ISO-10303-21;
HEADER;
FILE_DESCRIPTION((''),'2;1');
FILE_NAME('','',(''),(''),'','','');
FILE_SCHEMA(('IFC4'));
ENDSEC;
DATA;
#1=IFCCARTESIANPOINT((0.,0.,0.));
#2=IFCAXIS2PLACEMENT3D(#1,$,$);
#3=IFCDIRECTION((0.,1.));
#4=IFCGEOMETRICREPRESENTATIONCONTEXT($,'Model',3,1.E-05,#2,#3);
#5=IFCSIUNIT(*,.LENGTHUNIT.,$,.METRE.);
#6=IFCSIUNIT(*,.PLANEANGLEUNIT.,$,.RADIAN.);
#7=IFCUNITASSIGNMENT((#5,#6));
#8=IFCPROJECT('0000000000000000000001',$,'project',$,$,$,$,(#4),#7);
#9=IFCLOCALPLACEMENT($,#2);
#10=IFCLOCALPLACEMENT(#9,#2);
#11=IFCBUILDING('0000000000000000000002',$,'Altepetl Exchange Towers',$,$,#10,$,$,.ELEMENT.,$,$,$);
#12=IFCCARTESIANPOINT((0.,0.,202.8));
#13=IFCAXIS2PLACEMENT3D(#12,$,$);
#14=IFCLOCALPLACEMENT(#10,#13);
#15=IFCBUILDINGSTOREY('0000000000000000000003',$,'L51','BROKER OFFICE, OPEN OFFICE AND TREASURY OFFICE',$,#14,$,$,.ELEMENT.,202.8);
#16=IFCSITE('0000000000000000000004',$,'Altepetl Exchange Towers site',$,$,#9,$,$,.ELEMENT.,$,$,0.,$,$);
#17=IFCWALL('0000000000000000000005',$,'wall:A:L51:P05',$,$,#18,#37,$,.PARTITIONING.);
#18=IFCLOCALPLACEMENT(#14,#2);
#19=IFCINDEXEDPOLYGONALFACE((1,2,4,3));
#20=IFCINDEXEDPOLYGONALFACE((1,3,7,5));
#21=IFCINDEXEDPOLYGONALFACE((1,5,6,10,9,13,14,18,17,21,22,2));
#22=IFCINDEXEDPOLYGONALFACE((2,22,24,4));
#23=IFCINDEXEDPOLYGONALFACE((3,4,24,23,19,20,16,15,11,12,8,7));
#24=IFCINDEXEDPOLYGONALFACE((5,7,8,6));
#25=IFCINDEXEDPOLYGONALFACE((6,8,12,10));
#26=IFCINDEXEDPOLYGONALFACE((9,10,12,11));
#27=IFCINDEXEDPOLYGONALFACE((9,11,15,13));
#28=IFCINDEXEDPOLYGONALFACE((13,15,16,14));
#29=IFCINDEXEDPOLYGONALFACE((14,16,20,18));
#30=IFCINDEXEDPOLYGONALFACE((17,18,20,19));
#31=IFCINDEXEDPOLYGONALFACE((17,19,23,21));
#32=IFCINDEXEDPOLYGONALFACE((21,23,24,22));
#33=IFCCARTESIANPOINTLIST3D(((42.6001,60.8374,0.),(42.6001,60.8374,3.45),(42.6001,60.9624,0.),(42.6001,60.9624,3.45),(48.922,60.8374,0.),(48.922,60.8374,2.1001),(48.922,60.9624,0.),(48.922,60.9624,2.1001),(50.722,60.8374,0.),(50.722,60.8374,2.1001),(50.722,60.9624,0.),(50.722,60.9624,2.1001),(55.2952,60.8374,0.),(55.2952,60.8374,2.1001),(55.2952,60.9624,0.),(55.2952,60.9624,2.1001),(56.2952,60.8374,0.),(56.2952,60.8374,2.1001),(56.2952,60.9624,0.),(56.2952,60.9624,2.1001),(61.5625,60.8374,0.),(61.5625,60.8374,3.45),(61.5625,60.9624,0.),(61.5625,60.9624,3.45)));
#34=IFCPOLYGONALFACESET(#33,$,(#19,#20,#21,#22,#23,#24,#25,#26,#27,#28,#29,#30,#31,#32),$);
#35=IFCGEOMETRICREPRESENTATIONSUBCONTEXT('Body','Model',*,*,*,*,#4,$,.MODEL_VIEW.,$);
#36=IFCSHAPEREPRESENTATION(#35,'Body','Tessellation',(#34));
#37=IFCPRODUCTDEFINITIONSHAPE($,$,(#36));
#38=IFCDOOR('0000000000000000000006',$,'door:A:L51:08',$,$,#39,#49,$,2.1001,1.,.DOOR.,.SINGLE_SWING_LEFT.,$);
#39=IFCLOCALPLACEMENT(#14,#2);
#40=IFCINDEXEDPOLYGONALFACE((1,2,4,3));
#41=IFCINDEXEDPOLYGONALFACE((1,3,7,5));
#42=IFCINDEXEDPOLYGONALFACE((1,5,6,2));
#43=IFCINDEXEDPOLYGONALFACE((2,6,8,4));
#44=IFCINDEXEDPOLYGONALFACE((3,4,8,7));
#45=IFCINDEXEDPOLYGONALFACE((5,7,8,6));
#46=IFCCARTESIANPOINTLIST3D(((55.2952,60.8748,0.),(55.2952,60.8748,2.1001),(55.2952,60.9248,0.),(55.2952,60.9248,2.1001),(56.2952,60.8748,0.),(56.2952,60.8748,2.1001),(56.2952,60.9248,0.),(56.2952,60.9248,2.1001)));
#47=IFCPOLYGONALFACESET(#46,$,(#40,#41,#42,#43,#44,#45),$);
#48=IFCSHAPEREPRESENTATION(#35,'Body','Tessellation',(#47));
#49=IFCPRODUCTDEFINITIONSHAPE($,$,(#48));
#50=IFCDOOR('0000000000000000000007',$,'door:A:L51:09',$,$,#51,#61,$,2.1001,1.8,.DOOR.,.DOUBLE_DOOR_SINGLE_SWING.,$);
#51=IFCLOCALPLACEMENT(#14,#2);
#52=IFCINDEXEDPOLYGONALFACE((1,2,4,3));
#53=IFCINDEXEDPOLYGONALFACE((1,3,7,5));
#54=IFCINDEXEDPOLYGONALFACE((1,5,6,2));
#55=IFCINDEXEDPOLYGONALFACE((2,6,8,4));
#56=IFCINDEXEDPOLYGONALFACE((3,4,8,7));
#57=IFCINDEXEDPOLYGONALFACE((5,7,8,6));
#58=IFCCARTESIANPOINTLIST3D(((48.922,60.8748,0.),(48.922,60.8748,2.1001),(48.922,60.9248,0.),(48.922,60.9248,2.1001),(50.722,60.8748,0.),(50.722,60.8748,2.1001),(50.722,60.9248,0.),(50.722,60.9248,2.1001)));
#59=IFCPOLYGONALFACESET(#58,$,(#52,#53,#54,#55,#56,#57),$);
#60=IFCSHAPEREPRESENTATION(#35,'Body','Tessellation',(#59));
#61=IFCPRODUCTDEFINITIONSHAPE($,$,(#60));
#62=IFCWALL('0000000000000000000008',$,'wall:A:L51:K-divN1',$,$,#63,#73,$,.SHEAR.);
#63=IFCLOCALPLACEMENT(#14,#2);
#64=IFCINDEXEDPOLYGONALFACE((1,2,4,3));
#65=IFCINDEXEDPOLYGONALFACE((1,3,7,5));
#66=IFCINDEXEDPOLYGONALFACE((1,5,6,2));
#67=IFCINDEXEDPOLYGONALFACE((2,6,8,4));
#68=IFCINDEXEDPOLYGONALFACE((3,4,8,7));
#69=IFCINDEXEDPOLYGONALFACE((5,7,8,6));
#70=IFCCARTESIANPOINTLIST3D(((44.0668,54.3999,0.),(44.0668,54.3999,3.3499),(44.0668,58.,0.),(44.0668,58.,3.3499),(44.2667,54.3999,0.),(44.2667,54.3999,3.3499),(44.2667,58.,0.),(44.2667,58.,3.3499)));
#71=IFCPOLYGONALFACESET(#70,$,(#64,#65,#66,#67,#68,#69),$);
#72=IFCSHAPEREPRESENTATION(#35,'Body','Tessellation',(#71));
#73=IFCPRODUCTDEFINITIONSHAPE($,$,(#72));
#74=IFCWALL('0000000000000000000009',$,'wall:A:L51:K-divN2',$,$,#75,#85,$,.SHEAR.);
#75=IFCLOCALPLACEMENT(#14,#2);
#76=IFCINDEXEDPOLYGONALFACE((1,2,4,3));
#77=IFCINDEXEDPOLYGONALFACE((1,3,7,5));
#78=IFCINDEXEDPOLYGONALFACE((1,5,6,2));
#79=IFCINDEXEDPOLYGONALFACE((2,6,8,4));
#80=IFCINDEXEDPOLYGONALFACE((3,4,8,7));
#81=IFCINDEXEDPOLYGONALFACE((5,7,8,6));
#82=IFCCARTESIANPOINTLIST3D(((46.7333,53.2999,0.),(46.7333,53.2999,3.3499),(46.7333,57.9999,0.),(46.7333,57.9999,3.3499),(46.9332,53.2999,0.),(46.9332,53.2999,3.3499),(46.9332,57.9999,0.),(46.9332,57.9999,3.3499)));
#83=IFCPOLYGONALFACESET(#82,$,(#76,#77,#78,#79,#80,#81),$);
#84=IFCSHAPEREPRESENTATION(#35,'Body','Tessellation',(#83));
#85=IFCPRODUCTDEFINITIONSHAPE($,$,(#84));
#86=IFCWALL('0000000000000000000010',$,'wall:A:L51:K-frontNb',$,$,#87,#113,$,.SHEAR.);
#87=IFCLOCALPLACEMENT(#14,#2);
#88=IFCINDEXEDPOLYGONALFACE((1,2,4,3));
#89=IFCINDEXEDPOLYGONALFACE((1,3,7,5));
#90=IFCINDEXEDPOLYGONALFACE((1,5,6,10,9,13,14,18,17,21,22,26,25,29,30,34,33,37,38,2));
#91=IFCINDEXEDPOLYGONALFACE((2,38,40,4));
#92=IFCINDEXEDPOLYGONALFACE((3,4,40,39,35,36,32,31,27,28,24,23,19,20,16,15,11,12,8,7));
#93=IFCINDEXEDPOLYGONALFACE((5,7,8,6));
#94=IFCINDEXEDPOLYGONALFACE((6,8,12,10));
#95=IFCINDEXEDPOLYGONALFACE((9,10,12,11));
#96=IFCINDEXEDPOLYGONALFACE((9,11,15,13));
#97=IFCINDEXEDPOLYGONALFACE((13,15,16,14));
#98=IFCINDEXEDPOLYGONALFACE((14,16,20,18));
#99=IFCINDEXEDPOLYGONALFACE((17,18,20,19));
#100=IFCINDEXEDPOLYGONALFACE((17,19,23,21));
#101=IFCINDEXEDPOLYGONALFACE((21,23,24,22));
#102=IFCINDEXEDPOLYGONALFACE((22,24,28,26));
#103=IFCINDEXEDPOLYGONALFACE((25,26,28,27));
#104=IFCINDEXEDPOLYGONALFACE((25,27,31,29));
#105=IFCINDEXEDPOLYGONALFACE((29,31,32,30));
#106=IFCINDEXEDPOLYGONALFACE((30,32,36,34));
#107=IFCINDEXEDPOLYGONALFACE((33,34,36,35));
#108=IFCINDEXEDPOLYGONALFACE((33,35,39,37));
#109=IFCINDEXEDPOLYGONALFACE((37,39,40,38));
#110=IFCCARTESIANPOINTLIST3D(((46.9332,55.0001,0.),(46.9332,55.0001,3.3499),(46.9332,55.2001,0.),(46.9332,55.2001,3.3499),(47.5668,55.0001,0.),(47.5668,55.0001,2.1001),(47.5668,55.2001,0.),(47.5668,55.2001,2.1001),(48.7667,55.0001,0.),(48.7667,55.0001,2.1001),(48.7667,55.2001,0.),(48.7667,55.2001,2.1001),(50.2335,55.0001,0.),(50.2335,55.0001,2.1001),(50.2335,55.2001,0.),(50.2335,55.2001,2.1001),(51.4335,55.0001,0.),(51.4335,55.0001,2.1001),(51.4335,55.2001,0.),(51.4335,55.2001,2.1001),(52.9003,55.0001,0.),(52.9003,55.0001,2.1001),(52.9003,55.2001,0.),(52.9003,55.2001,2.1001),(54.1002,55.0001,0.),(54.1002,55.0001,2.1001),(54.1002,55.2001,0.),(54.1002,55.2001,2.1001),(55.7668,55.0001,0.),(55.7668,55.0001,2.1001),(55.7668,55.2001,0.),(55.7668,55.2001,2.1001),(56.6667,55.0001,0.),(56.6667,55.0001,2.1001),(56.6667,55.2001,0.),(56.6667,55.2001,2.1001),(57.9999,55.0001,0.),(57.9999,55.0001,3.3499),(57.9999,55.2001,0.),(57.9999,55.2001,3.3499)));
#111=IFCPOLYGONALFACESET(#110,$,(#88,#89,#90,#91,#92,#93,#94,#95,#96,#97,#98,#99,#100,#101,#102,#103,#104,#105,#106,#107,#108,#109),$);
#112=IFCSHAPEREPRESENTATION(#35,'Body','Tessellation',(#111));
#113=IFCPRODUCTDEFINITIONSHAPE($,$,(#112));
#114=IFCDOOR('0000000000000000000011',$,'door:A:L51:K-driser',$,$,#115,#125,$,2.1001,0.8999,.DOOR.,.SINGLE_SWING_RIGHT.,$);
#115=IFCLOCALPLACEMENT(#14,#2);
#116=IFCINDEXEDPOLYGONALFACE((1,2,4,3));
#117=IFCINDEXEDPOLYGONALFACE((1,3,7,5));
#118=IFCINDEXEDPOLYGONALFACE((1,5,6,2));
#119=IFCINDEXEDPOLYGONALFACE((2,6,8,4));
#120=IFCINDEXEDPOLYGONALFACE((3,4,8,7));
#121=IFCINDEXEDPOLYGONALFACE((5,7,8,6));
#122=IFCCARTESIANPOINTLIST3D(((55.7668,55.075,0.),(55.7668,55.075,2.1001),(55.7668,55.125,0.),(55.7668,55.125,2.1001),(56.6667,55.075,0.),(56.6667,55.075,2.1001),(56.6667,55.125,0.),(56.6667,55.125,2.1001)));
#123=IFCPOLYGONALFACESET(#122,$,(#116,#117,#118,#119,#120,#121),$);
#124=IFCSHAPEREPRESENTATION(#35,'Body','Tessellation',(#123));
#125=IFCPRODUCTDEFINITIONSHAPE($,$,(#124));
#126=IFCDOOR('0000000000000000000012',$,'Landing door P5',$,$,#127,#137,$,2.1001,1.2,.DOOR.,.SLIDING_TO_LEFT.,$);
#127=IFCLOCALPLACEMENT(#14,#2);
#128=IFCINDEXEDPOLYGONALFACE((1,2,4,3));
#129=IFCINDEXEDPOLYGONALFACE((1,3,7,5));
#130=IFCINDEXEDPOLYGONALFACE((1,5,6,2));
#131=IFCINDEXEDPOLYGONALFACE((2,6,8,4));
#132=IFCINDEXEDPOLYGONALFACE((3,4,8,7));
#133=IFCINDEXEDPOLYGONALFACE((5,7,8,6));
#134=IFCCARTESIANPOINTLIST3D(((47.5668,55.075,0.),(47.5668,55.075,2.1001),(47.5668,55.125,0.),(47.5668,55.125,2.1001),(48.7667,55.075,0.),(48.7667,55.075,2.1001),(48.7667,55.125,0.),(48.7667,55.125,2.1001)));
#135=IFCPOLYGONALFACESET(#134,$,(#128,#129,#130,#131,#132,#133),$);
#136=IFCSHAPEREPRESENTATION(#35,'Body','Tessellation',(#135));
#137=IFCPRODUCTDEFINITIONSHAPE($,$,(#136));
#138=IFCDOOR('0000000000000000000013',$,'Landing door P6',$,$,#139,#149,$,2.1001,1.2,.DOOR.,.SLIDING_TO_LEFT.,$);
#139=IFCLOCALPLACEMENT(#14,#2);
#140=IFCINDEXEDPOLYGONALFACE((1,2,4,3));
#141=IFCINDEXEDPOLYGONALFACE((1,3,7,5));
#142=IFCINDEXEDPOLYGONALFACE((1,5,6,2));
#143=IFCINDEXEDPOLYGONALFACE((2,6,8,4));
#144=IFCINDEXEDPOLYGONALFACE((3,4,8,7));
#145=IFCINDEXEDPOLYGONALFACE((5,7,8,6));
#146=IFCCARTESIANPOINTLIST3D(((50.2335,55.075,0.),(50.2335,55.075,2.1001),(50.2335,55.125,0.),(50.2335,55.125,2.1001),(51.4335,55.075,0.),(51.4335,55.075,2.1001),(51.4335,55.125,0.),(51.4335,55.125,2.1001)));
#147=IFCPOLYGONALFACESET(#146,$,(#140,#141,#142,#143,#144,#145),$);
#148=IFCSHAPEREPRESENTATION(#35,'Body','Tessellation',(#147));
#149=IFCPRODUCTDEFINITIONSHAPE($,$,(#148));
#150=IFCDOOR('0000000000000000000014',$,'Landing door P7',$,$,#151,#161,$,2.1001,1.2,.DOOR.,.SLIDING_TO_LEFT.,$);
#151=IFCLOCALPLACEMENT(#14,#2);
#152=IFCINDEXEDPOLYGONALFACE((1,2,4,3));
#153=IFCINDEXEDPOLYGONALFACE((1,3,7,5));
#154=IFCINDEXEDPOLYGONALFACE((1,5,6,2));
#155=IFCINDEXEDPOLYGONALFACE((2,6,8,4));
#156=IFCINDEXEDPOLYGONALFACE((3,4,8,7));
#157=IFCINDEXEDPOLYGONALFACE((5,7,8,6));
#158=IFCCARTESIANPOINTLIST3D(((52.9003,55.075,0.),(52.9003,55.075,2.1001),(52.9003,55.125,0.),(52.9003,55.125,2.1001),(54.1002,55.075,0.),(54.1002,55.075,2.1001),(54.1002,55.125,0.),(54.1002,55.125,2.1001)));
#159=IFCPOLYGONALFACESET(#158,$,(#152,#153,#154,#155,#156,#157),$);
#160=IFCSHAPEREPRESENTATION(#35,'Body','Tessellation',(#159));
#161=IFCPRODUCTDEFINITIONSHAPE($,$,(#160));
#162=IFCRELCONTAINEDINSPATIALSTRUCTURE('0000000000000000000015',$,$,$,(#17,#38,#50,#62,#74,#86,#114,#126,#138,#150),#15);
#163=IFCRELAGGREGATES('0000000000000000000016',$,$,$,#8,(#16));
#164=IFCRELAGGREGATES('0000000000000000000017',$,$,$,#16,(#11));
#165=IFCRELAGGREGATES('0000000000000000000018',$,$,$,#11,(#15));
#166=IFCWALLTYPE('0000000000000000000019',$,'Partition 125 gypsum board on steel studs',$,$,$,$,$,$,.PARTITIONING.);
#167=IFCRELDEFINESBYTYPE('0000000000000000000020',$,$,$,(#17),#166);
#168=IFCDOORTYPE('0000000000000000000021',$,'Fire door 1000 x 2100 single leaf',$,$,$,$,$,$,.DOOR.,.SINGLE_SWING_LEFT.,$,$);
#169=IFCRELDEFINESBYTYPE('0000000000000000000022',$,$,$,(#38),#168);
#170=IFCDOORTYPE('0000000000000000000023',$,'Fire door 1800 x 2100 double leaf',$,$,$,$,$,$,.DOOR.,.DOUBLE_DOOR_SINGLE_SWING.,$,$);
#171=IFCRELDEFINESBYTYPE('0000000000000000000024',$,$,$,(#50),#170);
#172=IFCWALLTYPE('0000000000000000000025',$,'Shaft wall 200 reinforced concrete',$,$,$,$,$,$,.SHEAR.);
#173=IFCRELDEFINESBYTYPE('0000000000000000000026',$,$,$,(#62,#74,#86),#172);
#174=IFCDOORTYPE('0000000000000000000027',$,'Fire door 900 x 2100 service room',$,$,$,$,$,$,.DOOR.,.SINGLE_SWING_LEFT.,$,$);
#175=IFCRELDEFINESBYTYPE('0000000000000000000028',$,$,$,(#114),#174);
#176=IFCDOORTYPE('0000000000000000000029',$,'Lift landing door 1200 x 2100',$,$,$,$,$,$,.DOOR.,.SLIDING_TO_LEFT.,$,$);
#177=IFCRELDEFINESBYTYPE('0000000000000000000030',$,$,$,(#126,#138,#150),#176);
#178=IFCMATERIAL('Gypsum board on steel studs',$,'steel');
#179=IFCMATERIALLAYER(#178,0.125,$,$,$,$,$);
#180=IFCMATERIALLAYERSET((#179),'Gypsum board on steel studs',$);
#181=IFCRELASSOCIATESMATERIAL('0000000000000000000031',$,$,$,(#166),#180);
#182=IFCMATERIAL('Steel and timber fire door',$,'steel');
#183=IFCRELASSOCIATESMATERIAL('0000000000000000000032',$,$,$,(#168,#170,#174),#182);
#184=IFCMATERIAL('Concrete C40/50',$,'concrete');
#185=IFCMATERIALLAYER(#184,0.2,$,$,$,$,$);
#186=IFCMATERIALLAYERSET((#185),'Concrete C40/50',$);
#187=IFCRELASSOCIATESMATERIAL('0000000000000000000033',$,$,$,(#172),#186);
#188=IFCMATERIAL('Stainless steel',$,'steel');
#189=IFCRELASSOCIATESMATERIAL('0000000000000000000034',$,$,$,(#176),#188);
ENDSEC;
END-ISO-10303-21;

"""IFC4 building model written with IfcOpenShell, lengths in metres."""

from ifc_helpers import new_model, si_unit, direction, frame, frame_2d, origin, place, context, subcontext, project, spatial, rectangle, extrude, material, layer, layer_set, type_object, element, fill, save


model = new_model("IFC4")

# Units and contexts
model_context = context("Model", 3, precision=1e-05, world=origin(), true_north=direction((0.0, 1.0)))
body_context = subcontext(model_context, "Body", "Model", "MODEL_VIEW")
ifc_project = project(units=[si_unit("LENGTHUNIT", "METRE"), si_unit("PLANEANGLEUNIT", "RADIAN")], contexts=[model_context])

# Site, building, storey
site_placement = place(None, origin())
site = spatial("IfcSite", under=ifc_project, at=site_placement, Name="Altepetl Exchange Towers site", CompositionType="ELEMENT", RefElevation=0.0)
building_placement = place(site_placement, origin())
building = spatial("IfcBuilding", under=site, at=building_placement, Name="Altepetl Exchange Towers", CompositionType="ELEMENT")
storey_placement = place(building_placement, frame((0.0, 0.0, 202.8)))
storey = spatial("IfcBuildingStorey", under=building, at=storey_placement, Name="L51", Description="BROKER OFFICE, OPEN OFFICE AND TREASURY OFFICE", CompositionType="ELEMENT", Elevation=202.8)

# Wall, openings, doors
ifc_material_1 = material(Name="Gypsum board on steel studs", Category="steel")
ifc_layer_1 = layer(ifc_material_1, 0.125)
ifc_layer_set_1 = layer_set([ifc_layer_1], Name="Gypsum board on steel studs")
wall_type_1 = type_object("IfcWallType", Name="Partition 125 gypsum board on steel studs", PredefinedType="PARTITIONING", material=ifc_layer_set_1)
wall_1_placement = place(storey_placement, frame((42.6001, 60.8999, 0.0)))
wall_1 = element("IfcWall", 1, at=wall_1_placement, inside=storey, type_object=wall_type_1, Name="wall:A:L51:P05", PredefinedType="PARTITIONING", context=body_context, shape_type="SweptSolid", body=[
    extrude(rectangle(XDim=18.9624, YDim=0.125, at=frame_2d((9.4812, 0.0))), origin(), (0.0, 0.0, 1.0), 3.45),
])
opening_1_placement = place(wall_1_placement, frame((12.6951, 0.0, 0.0)))
opening_1 = element("IfcOpeningElement", 2, at=opening_1_placement, cuts=wall_1, PredefinedType="OPENING", context=body_context, shape_type="SweptSolid", body=[
    extrude(rectangle(XDim=1.0, YDim=2.1001, at=frame_2d((0.5, 1.05))), frame((0.0, 0.0725, 0.0), z_axis=(0.0, -1.0, 0.0), x_axis=(1.0, 0.0, 0.0)), (0.0, 0.0, 1.0), 0.145),
])
opening_2_placement = place(wall_1_placement, frame((6.322, 0.0, 0.0)))
opening_2 = element("IfcOpeningElement", 3, at=opening_2_placement, cuts=wall_1, PredefinedType="OPENING", context=body_context, shape_type="SweptSolid", body=[
    extrude(rectangle(XDim=1.8, YDim=2.1001, at=frame_2d((0.8999, 1.05))), frame((0.0, 0.0725, 0.0), z_axis=(0.0, -1.0, 0.0), x_axis=(1.0, 0.0, 0.0)), (0.0, 0.0, 1.0), 0.145),
])
ifc_material_2 = material(Name="Steel and timber fire door", Category="steel")
door_type_1 = type_object("IfcDoorType", Name="Fire door 1000 x 2100 single leaf", OperationType="SINGLE_SWING_LEFT", PredefinedType="DOOR", material=ifc_material_2)
door_1_placement = place(opening_1_placement, origin())
door_1 = element("IfcDoor", 4, at=door_1_placement, inside=storey, type_object=door_type_1, Name="door:A:L51:08", OperationType="SINGLE_SWING_LEFT", OverallHeight=2.1001, OverallWidth=1.0, PredefinedType="DOOR", context=body_context, shape_type="SweptSolid", body=[
    extrude(rectangle(XDim=1.0, YDim=2.1001, at=frame_2d((0.5, 1.05))), frame((0.0, 0.0249, 0.0), z_axis=(0.0, -1.0, 0.0), x_axis=(1.0, 0.0, 0.0)), (0.0, 0.0, 1.0), 0.05),
])
fill(opening_1, door_1)
door_type_2 = type_object("IfcDoorType", Name="Fire door 1800 x 2100 double leaf", OperationType="DOUBLE_DOOR_SINGLE_SWING", PredefinedType="DOOR", material=ifc_material_2)
door_2_placement = place(opening_2_placement, origin())
door_2 = element("IfcDoor", 5, at=door_2_placement, inside=storey, type_object=door_type_2, Name="door:A:L51:09", OperationType="DOUBLE_DOOR_SINGLE_SWING", OverallHeight=2.1001, OverallWidth=1.8, PredefinedType="DOOR", context=body_context, shape_type="SweptSolid", body=[
    extrude(rectangle(XDim=1.8, YDim=2.1001, at=frame_2d((0.8999, 1.05))), frame((0.0, 0.0249, 0.0), z_axis=(0.0, -1.0, 0.0), x_axis=(1.0, 0.0, 0.0)), (0.0, 0.0, 1.0), 0.05),
])
fill(opening_2, door_2)

# Walls
ifc_material_3 = material(Name="Concrete C40/50", Category="concrete")
ifc_layer_2 = layer(ifc_material_3, 0.2)
ifc_layer_set_2 = layer_set([ifc_layer_2], Name="Concrete C40/50")
wall_type_2 = type_object("IfcWallType", Name="Shaft wall 200 reinforced concrete", PredefinedType="SHEAR", material=ifc_layer_set_2)
wall_2_placement = place(storey_placement, frame((44.1667, 58.0, 0.0), z_axis=(0.0, 0.0, 1.0), x_axis=(0.0, -1.0, 0.0)))
element("IfcWall", 6, at=wall_2_placement, inside=storey, type_object=wall_type_2, Name="wall:A:L51:K-divN1", PredefinedType="SHEAR", context=body_context, shape_type="SweptSolid", body=[
    extrude(rectangle(XDim=3.6001, YDim=0.2, at=frame_2d((1.8, 0.0))), origin(), (0.0, 0.0, 1.0), 3.3499),
])
wall_3_placement = place(storey_placement, frame((46.8333, 58.0, 0.0), z_axis=(0.0, 0.0, 1.0), x_axis=(0.0, -1.0, 0.0)))
element("IfcWall", 7, at=wall_3_placement, inside=storey, type_object=wall_type_2, Name="wall:A:L51:K-divN2", PredefinedType="SHEAR", context=body_context, shape_type="SweptSolid", body=[
    extrude(rectangle(XDim=4.7, YDim=0.2, at=frame_2d((2.3501, 0.0))), origin(), (0.0, 0.0, 1.0), 3.3499),
])

# Wall, openings, doors
wall_4_placement = place(storey_placement, frame((46.9333, 55.1001, 0.0)))
wall_4 = element("IfcWall", 8, at=wall_4_placement, inside=storey, type_object=wall_type_2, Name="wall:A:L51:K-frontNb", PredefinedType="SHEAR", context=body_context, shape_type="SweptSolid", body=[
    extrude(rectangle(XDim=11.0667, YDim=0.2, at=frame_2d((5.5332, 0.0))), origin(), (0.0, 0.0, 1.0), 3.3499),
])
opening_3_placement = place(wall_4_placement, frame((8.8335, 0.0, 0.0)))
opening_3 = element("IfcOpeningElement", 9, at=opening_3_placement, cuts=wall_4, PredefinedType="OPENING", context=body_context, shape_type="SweptSolid", body=[
    extrude(rectangle(XDim=0.8999, YDim=2.1001, at=frame_2d((0.45, 1.05))), frame((0.0, 0.1099, 0.0), z_axis=(0.0, -1.0, 0.0), x_axis=(1.0, 0.0, 0.0)), (0.0, 0.0, 1.0), 0.22),
])
opening_4_placement = place(wall_4_placement, frame((0.6333, 0.0, 0.0)))
opening_4 = element("IfcOpeningElement", 10, at=opening_4_placement, cuts=wall_4, PredefinedType="OPENING", context=body_context, shape_type="SweptSolid", body=[
    extrude(rectangle(XDim=1.2, YDim=2.1001, at=frame_2d((0.6001, 1.05))), frame((0.0, 0.1099, 0.0), z_axis=(0.0, -1.0, 0.0), x_axis=(1.0, 0.0, 0.0)), (0.0, 0.0, 1.0), 0.22),
])
opening_5_placement = place(wall_4_placement, frame((3.3, 0.0, 0.0)))
opening_5 = element("IfcOpeningElement", 11, at=opening_5_placement, cuts=wall_4, PredefinedType="OPENING", context=body_context, shape_type="SweptSolid", body=[
    extrude(rectangle(XDim=1.2, YDim=2.1001, at=frame_2d((0.6001, 1.05))), frame((0.0, 0.1099, 0.0), z_axis=(0.0, -1.0, 0.0), x_axis=(1.0, 0.0, 0.0)), (0.0, 0.0, 1.0), 0.22),
])
opening_6_placement = place(wall_4_placement, frame((5.9668, 0.0, 0.0)))
opening_6 = element("IfcOpeningElement", 12, at=opening_6_placement, cuts=wall_4, PredefinedType="OPENING", context=body_context, shape_type="SweptSolid", body=[
    extrude(rectangle(XDim=1.2, YDim=2.1001, at=frame_2d((0.6001, 1.05))), frame((0.0, 0.1099, 0.0), z_axis=(0.0, -1.0, 0.0), x_axis=(1.0, 0.0, 0.0)), (0.0, 0.0, 1.0), 0.22),
])
door_type_3 = type_object("IfcDoorType", Name="Fire door 900 x 2100 service room", OperationType="SINGLE_SWING_LEFT", PredefinedType="DOOR", material=ifc_material_2)
door_3_placement = place(opening_3_placement, origin())
door_3 = element("IfcDoor", 13, at=door_3_placement, inside=storey, type_object=door_type_3, Name="door:A:L51:K-driser", OperationType="SINGLE_SWING_RIGHT", OverallHeight=2.1001, OverallWidth=0.8999, PredefinedType="DOOR", context=body_context, shape_type="SweptSolid", body=[
    extrude(rectangle(XDim=0.8999, YDim=2.1001, at=frame_2d((0.45, 1.05))), frame((0.0, 0.0249, 0.0), z_axis=(0.0, -1.0, 0.0), x_axis=(1.0, 0.0, 0.0)), (0.0, 0.0, 1.0), 0.05),
])
fill(opening_3, door_3)
ifc_material_4 = material(Name="Stainless steel", Category="steel")
door_type_4 = type_object("IfcDoorType", Name="Lift landing door 1200 x 2100", OperationType="SLIDING_TO_LEFT", PredefinedType="DOOR", material=ifc_material_4)
door_4_placement = place(opening_4_placement, origin())
door_4 = element("IfcDoor", 14, at=door_4_placement, inside=storey, type_object=door_type_4, Name="Landing door P5", OperationType="SLIDING_TO_LEFT", OverallHeight=2.1001, OverallWidth=1.2, PredefinedType="DOOR", context=body_context, shape_type="SweptSolid", body=[
    extrude(rectangle(XDim=1.2, YDim=2.1001, at=frame_2d((0.6001, 1.05))), frame((0.0, 0.0249, 0.0), z_axis=(0.0, -1.0, 0.0), x_axis=(1.0, 0.0, 0.0)), (0.0, 0.0, 1.0), 0.05),
])
fill(opening_4, door_4)
door_5_placement = place(opening_5_placement, origin())
door_5 = element("IfcDoor", 15, at=door_5_placement, inside=storey, type_object=door_type_4, Name="Landing door P6", OperationType="SLIDING_TO_LEFT", OverallHeight=2.1001, OverallWidth=1.2, PredefinedType="DOOR", context=body_context, shape_type="SweptSolid", body=[
    extrude(rectangle(XDim=1.2, YDim=2.1001, at=frame_2d((0.6001, 1.05))), frame((0.0, 0.0249, 0.0), z_axis=(0.0, -1.0, 0.0), x_axis=(1.0, 0.0, 0.0)), (0.0, 0.0, 1.0), 0.05),
])
fill(opening_5, door_5)
door_6_placement = place(opening_6_placement, origin())
door_6 = element("IfcDoor", 16, at=door_6_placement, inside=storey, type_object=door_type_4, Name="Landing door P7", OperationType="SLIDING_TO_LEFT", OverallHeight=2.1001, OverallWidth=1.2, PredefinedType="DOOR", context=body_context, shape_type="SweptSolid", body=[
    extrude(rectangle(XDim=1.2, YDim=2.1001, at=frame_2d((0.6001, 1.05))), frame((0.0, 0.0249, 0.0), z_axis=(0.0, -1.0, 0.0), x_axis=(1.0, 0.0, 0.0)), (0.0, 0.0, 1.0), 0.05),
])
fill(opening_6, door_6)

save(model, "model.ifc")
